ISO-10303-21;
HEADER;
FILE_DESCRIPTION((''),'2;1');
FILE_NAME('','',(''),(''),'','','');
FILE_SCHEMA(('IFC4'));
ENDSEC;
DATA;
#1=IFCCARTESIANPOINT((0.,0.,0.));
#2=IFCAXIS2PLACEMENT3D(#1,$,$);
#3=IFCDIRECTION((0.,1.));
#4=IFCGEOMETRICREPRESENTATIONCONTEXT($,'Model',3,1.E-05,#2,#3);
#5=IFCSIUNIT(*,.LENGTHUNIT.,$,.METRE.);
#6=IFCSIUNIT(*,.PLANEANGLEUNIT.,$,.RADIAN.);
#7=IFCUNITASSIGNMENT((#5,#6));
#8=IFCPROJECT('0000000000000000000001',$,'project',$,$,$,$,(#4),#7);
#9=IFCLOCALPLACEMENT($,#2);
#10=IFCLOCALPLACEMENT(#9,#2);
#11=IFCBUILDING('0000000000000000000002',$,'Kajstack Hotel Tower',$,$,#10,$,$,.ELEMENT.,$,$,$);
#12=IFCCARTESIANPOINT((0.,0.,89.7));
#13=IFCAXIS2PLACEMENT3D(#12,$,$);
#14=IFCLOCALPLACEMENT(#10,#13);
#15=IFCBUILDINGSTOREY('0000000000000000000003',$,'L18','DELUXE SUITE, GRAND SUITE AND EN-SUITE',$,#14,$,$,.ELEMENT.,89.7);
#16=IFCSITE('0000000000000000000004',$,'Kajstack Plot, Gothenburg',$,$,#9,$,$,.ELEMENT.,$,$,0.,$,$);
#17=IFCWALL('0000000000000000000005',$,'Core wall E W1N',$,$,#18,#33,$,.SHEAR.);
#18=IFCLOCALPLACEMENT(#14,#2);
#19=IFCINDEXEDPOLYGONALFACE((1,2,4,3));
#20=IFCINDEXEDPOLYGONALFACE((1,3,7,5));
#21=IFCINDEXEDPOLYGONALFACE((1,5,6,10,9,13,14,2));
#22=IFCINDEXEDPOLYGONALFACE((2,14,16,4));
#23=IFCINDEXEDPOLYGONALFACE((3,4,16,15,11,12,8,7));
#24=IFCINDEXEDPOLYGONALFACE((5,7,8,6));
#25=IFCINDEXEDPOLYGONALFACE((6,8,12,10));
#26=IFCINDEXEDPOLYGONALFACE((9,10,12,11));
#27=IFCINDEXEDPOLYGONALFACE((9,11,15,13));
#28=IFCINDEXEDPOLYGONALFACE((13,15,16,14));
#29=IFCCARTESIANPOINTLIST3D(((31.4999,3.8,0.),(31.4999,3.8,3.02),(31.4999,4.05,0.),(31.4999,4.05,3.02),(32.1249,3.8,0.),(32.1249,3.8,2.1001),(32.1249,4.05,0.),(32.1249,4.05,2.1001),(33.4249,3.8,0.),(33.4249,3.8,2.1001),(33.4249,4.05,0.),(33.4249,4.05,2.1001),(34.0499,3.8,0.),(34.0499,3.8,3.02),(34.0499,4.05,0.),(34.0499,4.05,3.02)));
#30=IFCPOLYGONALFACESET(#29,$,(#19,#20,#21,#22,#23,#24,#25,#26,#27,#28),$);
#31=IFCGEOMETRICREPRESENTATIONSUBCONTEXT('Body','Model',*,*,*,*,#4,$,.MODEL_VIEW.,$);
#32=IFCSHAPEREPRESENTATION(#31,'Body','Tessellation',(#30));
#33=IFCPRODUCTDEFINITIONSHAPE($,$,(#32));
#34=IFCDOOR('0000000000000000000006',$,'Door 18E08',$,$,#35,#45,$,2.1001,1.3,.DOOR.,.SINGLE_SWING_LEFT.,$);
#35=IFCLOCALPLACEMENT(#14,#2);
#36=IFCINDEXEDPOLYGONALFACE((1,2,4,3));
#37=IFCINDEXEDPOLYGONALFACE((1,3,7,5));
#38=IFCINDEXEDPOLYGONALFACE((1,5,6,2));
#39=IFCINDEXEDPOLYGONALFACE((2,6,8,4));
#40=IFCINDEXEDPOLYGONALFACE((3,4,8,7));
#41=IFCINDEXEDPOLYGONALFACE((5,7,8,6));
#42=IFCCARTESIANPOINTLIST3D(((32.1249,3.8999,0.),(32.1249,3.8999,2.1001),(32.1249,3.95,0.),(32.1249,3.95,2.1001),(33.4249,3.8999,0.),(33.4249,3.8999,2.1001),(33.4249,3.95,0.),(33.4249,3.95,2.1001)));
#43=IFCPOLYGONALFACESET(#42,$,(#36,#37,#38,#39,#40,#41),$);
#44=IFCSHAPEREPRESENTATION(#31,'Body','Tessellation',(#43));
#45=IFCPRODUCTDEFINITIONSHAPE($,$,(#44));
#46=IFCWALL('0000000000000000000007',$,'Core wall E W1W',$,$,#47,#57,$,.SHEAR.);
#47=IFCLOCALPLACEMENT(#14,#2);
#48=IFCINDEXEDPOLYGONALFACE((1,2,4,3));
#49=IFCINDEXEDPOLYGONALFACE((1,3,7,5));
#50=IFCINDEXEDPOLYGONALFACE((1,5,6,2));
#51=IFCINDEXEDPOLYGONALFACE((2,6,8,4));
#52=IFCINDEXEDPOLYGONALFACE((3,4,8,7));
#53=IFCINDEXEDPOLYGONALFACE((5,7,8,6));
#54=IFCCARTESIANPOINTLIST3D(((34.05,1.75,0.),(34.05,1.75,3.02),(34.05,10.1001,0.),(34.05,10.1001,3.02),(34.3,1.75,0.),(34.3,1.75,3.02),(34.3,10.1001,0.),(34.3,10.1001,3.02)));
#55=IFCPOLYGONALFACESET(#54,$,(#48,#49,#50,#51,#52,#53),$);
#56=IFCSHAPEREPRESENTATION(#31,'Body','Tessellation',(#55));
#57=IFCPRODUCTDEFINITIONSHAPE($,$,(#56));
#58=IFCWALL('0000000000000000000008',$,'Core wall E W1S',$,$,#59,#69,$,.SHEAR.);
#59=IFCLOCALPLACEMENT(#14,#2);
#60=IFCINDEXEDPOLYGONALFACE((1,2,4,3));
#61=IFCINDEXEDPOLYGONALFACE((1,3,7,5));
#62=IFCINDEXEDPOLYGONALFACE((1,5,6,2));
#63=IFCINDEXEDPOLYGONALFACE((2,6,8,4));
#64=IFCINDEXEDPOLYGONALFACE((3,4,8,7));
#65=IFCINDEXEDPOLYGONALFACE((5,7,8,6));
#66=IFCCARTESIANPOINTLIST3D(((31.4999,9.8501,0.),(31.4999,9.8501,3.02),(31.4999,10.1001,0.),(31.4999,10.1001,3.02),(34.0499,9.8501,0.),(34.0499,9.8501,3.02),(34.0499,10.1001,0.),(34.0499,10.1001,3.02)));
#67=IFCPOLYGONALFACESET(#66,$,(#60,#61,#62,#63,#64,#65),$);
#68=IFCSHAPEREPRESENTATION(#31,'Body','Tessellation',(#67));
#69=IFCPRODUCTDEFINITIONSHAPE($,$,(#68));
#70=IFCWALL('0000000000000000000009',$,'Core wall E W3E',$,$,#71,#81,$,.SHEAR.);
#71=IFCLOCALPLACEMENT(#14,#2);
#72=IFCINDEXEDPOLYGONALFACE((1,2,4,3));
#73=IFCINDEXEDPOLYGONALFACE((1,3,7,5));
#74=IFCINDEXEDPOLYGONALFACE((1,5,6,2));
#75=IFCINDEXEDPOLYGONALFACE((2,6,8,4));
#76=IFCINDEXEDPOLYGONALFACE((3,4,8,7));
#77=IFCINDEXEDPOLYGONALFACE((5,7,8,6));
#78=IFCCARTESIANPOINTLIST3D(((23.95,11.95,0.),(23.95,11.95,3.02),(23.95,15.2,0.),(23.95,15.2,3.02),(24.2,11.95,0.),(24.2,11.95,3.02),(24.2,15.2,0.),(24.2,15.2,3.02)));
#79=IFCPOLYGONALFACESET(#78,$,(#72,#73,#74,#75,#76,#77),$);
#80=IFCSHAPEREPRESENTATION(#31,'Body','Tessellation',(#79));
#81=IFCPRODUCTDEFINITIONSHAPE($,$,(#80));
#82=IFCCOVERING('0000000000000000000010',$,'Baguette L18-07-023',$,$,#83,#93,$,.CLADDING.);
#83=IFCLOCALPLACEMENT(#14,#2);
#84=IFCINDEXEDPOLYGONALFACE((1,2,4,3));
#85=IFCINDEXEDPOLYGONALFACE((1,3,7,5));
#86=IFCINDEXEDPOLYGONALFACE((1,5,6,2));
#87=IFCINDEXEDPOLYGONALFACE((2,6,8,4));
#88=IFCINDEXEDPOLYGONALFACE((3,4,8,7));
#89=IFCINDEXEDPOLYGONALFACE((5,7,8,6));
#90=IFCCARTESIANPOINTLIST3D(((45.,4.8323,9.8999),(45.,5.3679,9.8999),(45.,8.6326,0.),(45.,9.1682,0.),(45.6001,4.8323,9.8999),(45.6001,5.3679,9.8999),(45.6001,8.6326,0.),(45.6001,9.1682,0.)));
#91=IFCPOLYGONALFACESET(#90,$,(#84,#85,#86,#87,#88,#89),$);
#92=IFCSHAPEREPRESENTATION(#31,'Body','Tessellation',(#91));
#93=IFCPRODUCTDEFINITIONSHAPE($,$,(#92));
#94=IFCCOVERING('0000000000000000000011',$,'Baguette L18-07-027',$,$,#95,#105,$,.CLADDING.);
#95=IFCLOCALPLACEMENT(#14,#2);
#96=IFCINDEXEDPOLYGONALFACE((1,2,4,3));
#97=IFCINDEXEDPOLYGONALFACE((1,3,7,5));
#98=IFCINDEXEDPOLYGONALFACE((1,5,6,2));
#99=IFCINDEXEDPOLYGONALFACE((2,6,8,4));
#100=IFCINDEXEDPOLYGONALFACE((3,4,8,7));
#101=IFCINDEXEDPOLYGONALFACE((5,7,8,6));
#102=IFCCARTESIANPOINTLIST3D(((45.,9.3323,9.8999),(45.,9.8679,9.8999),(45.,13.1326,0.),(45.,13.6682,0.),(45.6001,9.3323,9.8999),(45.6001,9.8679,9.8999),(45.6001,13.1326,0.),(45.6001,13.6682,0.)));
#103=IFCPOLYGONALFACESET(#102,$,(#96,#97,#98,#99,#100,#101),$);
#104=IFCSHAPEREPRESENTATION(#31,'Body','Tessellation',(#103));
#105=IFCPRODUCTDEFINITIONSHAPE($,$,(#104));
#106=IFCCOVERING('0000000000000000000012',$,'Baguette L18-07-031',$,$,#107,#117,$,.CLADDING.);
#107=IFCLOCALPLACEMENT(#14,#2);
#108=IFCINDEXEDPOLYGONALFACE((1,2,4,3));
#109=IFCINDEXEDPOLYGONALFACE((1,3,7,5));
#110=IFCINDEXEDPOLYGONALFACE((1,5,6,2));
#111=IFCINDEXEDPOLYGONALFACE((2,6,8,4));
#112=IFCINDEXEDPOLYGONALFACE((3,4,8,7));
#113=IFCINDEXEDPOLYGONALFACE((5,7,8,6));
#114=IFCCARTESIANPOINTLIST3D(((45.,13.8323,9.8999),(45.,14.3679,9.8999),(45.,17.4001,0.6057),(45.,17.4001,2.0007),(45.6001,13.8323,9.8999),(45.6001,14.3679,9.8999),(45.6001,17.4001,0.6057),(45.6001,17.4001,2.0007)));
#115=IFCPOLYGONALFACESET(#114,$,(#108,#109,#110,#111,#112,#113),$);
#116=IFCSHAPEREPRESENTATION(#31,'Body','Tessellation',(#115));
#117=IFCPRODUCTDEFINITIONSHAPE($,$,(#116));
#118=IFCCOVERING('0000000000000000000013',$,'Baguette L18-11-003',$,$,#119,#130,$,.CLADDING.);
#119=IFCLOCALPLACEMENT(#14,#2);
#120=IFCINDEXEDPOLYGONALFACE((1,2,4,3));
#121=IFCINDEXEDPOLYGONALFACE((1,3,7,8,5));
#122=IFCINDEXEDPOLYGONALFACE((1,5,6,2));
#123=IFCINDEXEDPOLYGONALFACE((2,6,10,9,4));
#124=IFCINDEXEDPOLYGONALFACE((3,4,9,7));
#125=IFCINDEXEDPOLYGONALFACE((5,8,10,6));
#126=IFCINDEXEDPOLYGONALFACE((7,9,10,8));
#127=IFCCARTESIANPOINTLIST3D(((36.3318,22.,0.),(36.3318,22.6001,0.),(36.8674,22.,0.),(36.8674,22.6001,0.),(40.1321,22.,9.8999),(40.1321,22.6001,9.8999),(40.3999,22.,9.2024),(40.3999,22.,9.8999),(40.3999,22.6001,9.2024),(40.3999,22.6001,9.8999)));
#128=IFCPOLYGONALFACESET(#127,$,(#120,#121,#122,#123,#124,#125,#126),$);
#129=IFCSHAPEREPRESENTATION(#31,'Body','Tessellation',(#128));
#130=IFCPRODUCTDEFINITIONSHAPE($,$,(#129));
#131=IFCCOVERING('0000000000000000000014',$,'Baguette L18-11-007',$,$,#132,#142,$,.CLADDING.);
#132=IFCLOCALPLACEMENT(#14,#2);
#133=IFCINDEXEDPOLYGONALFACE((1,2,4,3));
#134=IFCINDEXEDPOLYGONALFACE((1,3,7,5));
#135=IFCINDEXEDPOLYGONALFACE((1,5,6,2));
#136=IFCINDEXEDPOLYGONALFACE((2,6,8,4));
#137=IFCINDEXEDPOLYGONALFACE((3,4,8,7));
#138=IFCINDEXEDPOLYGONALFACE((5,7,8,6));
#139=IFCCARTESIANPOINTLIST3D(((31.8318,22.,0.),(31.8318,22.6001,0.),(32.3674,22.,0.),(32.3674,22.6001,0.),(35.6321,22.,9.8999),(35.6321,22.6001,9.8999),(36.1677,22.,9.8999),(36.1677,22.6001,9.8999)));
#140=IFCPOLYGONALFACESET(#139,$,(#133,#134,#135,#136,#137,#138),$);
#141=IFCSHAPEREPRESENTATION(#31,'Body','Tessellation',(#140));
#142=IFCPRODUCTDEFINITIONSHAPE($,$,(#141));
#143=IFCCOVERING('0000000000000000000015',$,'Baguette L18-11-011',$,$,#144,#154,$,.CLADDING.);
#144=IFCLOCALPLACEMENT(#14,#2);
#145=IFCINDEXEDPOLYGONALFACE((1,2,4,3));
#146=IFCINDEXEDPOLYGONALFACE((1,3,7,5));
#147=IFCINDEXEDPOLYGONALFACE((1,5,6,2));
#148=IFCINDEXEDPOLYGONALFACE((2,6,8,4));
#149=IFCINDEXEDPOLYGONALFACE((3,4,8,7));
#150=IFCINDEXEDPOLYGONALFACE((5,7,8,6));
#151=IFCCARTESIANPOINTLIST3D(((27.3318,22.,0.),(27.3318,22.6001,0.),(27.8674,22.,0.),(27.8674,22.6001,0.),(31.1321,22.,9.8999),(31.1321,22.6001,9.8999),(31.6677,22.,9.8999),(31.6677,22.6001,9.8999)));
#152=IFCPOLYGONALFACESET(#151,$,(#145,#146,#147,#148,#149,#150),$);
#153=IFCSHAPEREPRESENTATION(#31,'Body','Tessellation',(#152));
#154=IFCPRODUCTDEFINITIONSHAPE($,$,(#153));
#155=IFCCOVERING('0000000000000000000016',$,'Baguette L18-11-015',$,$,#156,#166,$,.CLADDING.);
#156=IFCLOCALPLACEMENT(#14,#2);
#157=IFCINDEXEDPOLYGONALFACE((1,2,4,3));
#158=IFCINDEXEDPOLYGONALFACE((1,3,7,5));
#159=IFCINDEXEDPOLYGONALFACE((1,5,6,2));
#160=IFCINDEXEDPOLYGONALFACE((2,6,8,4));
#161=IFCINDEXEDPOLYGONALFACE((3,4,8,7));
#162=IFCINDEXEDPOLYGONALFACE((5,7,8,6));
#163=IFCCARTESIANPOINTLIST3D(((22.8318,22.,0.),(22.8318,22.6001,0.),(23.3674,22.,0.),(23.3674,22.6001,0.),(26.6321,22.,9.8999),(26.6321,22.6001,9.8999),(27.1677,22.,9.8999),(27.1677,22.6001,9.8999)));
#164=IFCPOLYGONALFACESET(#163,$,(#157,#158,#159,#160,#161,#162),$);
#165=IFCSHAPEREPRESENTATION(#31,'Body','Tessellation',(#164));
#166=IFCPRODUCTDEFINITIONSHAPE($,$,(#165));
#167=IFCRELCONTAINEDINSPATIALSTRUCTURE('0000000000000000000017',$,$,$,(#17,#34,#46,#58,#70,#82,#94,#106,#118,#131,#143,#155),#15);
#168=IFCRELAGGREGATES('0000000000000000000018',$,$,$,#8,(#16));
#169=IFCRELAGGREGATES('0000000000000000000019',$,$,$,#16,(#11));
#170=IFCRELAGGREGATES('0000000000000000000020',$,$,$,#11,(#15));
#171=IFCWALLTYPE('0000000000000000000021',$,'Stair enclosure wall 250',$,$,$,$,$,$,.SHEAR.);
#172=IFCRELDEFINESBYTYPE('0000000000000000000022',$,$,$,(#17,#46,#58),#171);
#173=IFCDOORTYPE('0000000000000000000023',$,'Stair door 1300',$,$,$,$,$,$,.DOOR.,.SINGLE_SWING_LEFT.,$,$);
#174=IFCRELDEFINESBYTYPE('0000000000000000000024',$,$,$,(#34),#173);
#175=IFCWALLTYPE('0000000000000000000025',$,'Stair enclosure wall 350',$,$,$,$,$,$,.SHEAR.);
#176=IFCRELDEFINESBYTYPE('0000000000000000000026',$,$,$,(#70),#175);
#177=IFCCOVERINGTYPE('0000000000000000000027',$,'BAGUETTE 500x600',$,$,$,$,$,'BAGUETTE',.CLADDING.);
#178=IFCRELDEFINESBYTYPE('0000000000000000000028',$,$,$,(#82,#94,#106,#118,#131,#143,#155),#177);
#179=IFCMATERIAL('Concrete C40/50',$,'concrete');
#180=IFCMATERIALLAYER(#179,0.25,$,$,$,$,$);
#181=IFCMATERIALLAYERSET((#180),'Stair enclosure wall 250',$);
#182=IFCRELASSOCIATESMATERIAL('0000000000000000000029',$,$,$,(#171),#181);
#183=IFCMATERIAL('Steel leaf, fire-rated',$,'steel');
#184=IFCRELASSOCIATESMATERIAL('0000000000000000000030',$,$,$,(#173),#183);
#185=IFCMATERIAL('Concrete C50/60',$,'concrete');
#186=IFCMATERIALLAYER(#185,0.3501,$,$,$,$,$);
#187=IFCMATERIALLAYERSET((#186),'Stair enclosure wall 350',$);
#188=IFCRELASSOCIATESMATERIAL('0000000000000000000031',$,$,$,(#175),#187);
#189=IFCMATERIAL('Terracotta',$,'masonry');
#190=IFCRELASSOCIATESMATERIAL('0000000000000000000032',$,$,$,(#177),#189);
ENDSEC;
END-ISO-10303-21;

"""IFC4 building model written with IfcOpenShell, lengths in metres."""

from ifc_helpers import new_model, si_unit, direction, frame, frame_2d, origin, origin_2d, place, context, subcontext, project, spatial, polyline, rectangle, outline, extrude, material, layer, layer_set, material_profile, profile_set, type_object, element, fill, save


model = new_model("IFC4")

# Units and contexts
model_context = context("Model", 3, precision=1e-05, world=origin(), true_north=direction((0.0, 1.0)))
body_context = subcontext(model_context, "Body", "Model", "MODEL_VIEW")
ifc_project = project(units=[si_unit("LENGTHUNIT", "METRE"), si_unit("PLANEANGLEUNIT", "RADIAN")], contexts=[model_context])

# Site, building, storey
site_placement = place(None, origin())
site = spatial("IfcSite", under=ifc_project, at=site_placement, Name="Kajstack Plot, Gothenburg", CompositionType="ELEMENT", RefElevation=0.0)
building_placement = place(site_placement, origin())
building = spatial("IfcBuilding", under=site, at=building_placement, Name="Kajstack Hotel Tower", CompositionType="ELEMENT")
storey_placement = place(building_placement, frame((0.0, 0.0, 89.7)))
storey = spatial("IfcBuildingStorey", under=building, at=storey_placement, Name="L18", Description="DELUXE SUITE, GRAND SUITE AND EN-SUITE", CompositionType="ELEMENT", Elevation=89.7)

# Shared definitions
ifc_material_1 = material(Name="Concrete C40/50", Category="concrete")

# Shared definitions
ifc_material_2 = material(Name="Concrete C50/60", Category="concrete")

# Wall, opening, door
ifc_layer_1 = layer(ifc_material_1, 0.25)
ifc_layer_set_1 = layer_set([ifc_layer_1], Name="Stair enclosure wall 250")
wall_type_1 = type_object("IfcWallType", Name="Stair enclosure wall 250", PredefinedType="SHEAR", material=ifc_layer_set_1)
wall_1_placement = place(storey_placement, frame((31.5, 3.925, 0.0), z_axis=(0.0, 0.0, 1.0), x_axis=(1.0, 0.0, 0.0)))
wall_1 = element("IfcWall", 1, at=wall_1_placement, inside=storey, type_object=wall_type_1, Name="Core wall E W1N", PredefinedType="SHEAR", context=body_context, shape_type="SweptSolid", body=[
    extrude(rectangle(XDim=2.55, YDim=0.25, at=frame_2d((1.2749, 0.0))), origin(), (0.0, 0.0, 1.0), 3.02),
])
opening_1_placement = place(wall_1_placement, frame((0.625, 0.0, 0.0)))
opening_1 = element("IfcOpeningElement", 2, at=opening_1_placement, cuts=wall_1, PredefinedType="OPENING", context=body_context, shape_type="SweptSolid", body=[
    extrude(rectangle(XDim=1.3, YDim=2.1001, at=frame_2d((0.6499, 1.05))), frame((0.0, 0.135, 0.0), z_axis=(0.0, -1.0, 0.0), x_axis=(1.0, 0.0, 0.0)), (0.0, 0.0, 1.0), 0.27),
])
ifc_material_3 = material(Name="Steel leaf, fire-rated", Category="steel")
door_type_1 = type_object("IfcDoorType", Name="Stair door 1300", OperationType="SINGLE_SWING_LEFT", PredefinedType="DOOR", material=ifc_material_3)
door_1_placement = place(opening_1_placement, origin())
door_1 = element("IfcDoor", 3, at=door_1_placement, inside=storey, type_object=door_type_1, Name="Door 18E08", OperationType="SINGLE_SWING_LEFT", OverallHeight=2.1001, OverallWidth=1.3, PredefinedType="DOOR", context=body_context, shape_type="SweptSolid", body=[
    extrude(rectangle(XDim=1.3, YDim=2.1001, at=frame_2d((0.6499, 1.05))), frame((0.0, 0.0249, 0.0), z_axis=(0.0, -1.0, 0.0), x_axis=(1.0, 0.0, 0.0)), (0.0, 0.0, 1.0), 0.05),
])
fill(opening_1, door_1)

# Walls
wall_2_placement = place(storey_placement, frame((34.175, 1.75, 0.0), z_axis=(0.0, 0.0, 1.0), x_axis=(0.0, 1.0, 0.0)))
element("IfcWall", 4, at=wall_2_placement, inside=storey, type_object=wall_type_1, Name="Core wall E W1W", PredefinedType="SHEAR", context=body_context, shape_type="SweptSolid", body=[
    extrude(rectangle(XDim=8.3501, YDim=0.25, at=frame_2d((4.175, 0.0))), origin(), (0.0, 0.0, 1.0), 3.02),
])
wall_3_placement = place(storey_placement, frame((31.5, 9.9751, 0.0), z_axis=(0.0, 0.0, 1.0), x_axis=(1.0, 0.0, 0.0)))
element("IfcWall", 5, at=wall_3_placement, inside=storey, type_object=wall_type_1, Name="Core wall E W1S", PredefinedType="SHEAR", context=body_context, shape_type="SweptSolid", body=[
    extrude(rectangle(XDim=2.55, YDim=0.25, at=frame_2d((1.2749, 0.0))), origin(), (0.0, 0.0, 1.0), 3.02),
])
ifc_layer_2 = layer(ifc_material_2, 0.3501)
ifc_layer_set_2 = layer_set([ifc_layer_2], Name="Stair enclosure wall 350")
wall_type_2 = type_object("IfcWallType", Name="Stair enclosure wall 350", PredefinedType="SHEAR", material=ifc_layer_set_2)
wall_4_placement = place(storey_placement, frame((24.075, 11.95, 0.0), z_axis=(0.0, 0.0, 1.0), x_axis=(0.0, 1.0, 0.0)))
element("IfcWall", 6, at=wall_4_placement, inside=storey, type_object=wall_type_2, Name="Core wall E W3E", PredefinedType="SHEAR", context=body_context, shape_type="SweptSolid", body=[
    extrude(rectangle(XDim=3.25, YDim=0.25, at=frame_2d((1.625, 0.0))), origin(), (0.0, 0.0, 1.0), 3.02),
])

# Coverings
ifc_material_4 = material(Name="Terracotta", Category="masonry")
ifc_material_profile = material_profile(ifc_material_4, rectangle(XDim=0.6001, YDim=0.5, at=origin_2d()), Name="Terracotta-clad concrete baguette 500 x 600")
ifc_profile_set = profile_set([ifc_material_profile], Name="Terracotta")
covering_type = type_object("IfcCoveringType", Name="BAGUETTE 500x600", ElementType="BAGUETTE", PredefinedType="CLADDING", material=ifc_profile_set)
for number, where, z_axis, x_axis, name in (
    (7, (45.0, 4.8323, 0.0), (1.0, 0.0, 0.0), (0.0, 1.0, 0.0), "Baguette L18-07-023"),
    (8, (45.0, 9.3323, 0.0), (1.0, 0.0, 0.0), (0.0, 1.0, 0.0), "Baguette L18-07-027"),
):
    element("IfcCovering", number, at=place(storey_placement, frame(where, z_axis=z_axis, x_axis=x_axis)), inside=storey, type_object=covering_type, Name=name, PredefinedType="CLADDING", context=body_context, shape_type="SweptSolid", body=[
        extrude(outline(polyline([(0.0, 9.8999), (3.8003, 0.0), (4.3359, 0.0), (0.5356, 9.8999), (0.0, 9.8999)])), origin(), (0.0, 0.0, 1.0), 0.6001),
    ])
covering_1_placement = place(storey_placement, frame((45.0, 13.8323, 0.0), z_axis=(1.0, 0.0, 0.0), x_axis=(0.0, 1.0, 0.0)))
element("IfcCovering", 9, at=covering_1_placement, inside=storey, type_object=covering_type, Name="Baguette L18-07-031", PredefinedType="CLADDING", context=body_context, shape_type="SweptSolid", body=[
    extrude(outline(polyline([(0.0, 9.8999), (3.5679, 0.6057), (3.5679, 2.0007), (0.5356, 9.8999), (0.0, 9.8999)])), origin(), (0.0, 0.0, 1.0), 0.6001),
])
covering_2_placement = place(storey_placement, frame((40.3999, 22.0, 0.0), z_axis=(0.0, 1.0, 0.0), x_axis=(-1.0, 0.0, 0.0)))
element("IfcCovering", 10, at=covering_2_placement, inside=storey, type_object=covering_type, Name="Baguette L18-11-003", PredefinedType="CLADDING", context=body_context, shape_type="SweptSolid", body=[
    extrude(outline(polyline([(0.2678, 9.8999), (0.0, 9.8999), (0.0, 9.2024), (3.5325, 0.0), (4.0681, 0.0), (0.2678, 9.8999)])), origin(), (0.0, 0.0, 1.0), 0.6001),
])
for number, where, z_axis, x_axis, name in (
    (11, (36.1677, 22.0, 0.0), (0.0, 1.0, 0.0), (-1.0, 0.0, 0.0), "Baguette L18-11-007"),
    (12, (31.6677, 22.0, 0.0), (0.0, 1.0, 0.0), (-1.0, 0.0, 0.0), "Baguette L18-11-011"),
    (13, (27.1677, 22.0, 0.0), (0.0, 1.0, 0.0), (-1.0, 0.0, 0.0), "Baguette L18-11-015"),
):
    element("IfcCovering", number, at=place(storey_placement, frame(where, z_axis=z_axis, x_axis=x_axis)), inside=storey, type_object=covering_type, Name=name, PredefinedType="CLADDING", context=body_context, shape_type="SweptSolid", body=[
        extrude(outline(polyline([(0.0, 9.8999), (3.8003, 0.0), (4.3359, 0.0), (0.5356, 9.8999), (0.0, 9.8999)])), origin(), (0.0, 0.0, 1.0), 0.6001),
    ])

save(model, "model.ifc")
